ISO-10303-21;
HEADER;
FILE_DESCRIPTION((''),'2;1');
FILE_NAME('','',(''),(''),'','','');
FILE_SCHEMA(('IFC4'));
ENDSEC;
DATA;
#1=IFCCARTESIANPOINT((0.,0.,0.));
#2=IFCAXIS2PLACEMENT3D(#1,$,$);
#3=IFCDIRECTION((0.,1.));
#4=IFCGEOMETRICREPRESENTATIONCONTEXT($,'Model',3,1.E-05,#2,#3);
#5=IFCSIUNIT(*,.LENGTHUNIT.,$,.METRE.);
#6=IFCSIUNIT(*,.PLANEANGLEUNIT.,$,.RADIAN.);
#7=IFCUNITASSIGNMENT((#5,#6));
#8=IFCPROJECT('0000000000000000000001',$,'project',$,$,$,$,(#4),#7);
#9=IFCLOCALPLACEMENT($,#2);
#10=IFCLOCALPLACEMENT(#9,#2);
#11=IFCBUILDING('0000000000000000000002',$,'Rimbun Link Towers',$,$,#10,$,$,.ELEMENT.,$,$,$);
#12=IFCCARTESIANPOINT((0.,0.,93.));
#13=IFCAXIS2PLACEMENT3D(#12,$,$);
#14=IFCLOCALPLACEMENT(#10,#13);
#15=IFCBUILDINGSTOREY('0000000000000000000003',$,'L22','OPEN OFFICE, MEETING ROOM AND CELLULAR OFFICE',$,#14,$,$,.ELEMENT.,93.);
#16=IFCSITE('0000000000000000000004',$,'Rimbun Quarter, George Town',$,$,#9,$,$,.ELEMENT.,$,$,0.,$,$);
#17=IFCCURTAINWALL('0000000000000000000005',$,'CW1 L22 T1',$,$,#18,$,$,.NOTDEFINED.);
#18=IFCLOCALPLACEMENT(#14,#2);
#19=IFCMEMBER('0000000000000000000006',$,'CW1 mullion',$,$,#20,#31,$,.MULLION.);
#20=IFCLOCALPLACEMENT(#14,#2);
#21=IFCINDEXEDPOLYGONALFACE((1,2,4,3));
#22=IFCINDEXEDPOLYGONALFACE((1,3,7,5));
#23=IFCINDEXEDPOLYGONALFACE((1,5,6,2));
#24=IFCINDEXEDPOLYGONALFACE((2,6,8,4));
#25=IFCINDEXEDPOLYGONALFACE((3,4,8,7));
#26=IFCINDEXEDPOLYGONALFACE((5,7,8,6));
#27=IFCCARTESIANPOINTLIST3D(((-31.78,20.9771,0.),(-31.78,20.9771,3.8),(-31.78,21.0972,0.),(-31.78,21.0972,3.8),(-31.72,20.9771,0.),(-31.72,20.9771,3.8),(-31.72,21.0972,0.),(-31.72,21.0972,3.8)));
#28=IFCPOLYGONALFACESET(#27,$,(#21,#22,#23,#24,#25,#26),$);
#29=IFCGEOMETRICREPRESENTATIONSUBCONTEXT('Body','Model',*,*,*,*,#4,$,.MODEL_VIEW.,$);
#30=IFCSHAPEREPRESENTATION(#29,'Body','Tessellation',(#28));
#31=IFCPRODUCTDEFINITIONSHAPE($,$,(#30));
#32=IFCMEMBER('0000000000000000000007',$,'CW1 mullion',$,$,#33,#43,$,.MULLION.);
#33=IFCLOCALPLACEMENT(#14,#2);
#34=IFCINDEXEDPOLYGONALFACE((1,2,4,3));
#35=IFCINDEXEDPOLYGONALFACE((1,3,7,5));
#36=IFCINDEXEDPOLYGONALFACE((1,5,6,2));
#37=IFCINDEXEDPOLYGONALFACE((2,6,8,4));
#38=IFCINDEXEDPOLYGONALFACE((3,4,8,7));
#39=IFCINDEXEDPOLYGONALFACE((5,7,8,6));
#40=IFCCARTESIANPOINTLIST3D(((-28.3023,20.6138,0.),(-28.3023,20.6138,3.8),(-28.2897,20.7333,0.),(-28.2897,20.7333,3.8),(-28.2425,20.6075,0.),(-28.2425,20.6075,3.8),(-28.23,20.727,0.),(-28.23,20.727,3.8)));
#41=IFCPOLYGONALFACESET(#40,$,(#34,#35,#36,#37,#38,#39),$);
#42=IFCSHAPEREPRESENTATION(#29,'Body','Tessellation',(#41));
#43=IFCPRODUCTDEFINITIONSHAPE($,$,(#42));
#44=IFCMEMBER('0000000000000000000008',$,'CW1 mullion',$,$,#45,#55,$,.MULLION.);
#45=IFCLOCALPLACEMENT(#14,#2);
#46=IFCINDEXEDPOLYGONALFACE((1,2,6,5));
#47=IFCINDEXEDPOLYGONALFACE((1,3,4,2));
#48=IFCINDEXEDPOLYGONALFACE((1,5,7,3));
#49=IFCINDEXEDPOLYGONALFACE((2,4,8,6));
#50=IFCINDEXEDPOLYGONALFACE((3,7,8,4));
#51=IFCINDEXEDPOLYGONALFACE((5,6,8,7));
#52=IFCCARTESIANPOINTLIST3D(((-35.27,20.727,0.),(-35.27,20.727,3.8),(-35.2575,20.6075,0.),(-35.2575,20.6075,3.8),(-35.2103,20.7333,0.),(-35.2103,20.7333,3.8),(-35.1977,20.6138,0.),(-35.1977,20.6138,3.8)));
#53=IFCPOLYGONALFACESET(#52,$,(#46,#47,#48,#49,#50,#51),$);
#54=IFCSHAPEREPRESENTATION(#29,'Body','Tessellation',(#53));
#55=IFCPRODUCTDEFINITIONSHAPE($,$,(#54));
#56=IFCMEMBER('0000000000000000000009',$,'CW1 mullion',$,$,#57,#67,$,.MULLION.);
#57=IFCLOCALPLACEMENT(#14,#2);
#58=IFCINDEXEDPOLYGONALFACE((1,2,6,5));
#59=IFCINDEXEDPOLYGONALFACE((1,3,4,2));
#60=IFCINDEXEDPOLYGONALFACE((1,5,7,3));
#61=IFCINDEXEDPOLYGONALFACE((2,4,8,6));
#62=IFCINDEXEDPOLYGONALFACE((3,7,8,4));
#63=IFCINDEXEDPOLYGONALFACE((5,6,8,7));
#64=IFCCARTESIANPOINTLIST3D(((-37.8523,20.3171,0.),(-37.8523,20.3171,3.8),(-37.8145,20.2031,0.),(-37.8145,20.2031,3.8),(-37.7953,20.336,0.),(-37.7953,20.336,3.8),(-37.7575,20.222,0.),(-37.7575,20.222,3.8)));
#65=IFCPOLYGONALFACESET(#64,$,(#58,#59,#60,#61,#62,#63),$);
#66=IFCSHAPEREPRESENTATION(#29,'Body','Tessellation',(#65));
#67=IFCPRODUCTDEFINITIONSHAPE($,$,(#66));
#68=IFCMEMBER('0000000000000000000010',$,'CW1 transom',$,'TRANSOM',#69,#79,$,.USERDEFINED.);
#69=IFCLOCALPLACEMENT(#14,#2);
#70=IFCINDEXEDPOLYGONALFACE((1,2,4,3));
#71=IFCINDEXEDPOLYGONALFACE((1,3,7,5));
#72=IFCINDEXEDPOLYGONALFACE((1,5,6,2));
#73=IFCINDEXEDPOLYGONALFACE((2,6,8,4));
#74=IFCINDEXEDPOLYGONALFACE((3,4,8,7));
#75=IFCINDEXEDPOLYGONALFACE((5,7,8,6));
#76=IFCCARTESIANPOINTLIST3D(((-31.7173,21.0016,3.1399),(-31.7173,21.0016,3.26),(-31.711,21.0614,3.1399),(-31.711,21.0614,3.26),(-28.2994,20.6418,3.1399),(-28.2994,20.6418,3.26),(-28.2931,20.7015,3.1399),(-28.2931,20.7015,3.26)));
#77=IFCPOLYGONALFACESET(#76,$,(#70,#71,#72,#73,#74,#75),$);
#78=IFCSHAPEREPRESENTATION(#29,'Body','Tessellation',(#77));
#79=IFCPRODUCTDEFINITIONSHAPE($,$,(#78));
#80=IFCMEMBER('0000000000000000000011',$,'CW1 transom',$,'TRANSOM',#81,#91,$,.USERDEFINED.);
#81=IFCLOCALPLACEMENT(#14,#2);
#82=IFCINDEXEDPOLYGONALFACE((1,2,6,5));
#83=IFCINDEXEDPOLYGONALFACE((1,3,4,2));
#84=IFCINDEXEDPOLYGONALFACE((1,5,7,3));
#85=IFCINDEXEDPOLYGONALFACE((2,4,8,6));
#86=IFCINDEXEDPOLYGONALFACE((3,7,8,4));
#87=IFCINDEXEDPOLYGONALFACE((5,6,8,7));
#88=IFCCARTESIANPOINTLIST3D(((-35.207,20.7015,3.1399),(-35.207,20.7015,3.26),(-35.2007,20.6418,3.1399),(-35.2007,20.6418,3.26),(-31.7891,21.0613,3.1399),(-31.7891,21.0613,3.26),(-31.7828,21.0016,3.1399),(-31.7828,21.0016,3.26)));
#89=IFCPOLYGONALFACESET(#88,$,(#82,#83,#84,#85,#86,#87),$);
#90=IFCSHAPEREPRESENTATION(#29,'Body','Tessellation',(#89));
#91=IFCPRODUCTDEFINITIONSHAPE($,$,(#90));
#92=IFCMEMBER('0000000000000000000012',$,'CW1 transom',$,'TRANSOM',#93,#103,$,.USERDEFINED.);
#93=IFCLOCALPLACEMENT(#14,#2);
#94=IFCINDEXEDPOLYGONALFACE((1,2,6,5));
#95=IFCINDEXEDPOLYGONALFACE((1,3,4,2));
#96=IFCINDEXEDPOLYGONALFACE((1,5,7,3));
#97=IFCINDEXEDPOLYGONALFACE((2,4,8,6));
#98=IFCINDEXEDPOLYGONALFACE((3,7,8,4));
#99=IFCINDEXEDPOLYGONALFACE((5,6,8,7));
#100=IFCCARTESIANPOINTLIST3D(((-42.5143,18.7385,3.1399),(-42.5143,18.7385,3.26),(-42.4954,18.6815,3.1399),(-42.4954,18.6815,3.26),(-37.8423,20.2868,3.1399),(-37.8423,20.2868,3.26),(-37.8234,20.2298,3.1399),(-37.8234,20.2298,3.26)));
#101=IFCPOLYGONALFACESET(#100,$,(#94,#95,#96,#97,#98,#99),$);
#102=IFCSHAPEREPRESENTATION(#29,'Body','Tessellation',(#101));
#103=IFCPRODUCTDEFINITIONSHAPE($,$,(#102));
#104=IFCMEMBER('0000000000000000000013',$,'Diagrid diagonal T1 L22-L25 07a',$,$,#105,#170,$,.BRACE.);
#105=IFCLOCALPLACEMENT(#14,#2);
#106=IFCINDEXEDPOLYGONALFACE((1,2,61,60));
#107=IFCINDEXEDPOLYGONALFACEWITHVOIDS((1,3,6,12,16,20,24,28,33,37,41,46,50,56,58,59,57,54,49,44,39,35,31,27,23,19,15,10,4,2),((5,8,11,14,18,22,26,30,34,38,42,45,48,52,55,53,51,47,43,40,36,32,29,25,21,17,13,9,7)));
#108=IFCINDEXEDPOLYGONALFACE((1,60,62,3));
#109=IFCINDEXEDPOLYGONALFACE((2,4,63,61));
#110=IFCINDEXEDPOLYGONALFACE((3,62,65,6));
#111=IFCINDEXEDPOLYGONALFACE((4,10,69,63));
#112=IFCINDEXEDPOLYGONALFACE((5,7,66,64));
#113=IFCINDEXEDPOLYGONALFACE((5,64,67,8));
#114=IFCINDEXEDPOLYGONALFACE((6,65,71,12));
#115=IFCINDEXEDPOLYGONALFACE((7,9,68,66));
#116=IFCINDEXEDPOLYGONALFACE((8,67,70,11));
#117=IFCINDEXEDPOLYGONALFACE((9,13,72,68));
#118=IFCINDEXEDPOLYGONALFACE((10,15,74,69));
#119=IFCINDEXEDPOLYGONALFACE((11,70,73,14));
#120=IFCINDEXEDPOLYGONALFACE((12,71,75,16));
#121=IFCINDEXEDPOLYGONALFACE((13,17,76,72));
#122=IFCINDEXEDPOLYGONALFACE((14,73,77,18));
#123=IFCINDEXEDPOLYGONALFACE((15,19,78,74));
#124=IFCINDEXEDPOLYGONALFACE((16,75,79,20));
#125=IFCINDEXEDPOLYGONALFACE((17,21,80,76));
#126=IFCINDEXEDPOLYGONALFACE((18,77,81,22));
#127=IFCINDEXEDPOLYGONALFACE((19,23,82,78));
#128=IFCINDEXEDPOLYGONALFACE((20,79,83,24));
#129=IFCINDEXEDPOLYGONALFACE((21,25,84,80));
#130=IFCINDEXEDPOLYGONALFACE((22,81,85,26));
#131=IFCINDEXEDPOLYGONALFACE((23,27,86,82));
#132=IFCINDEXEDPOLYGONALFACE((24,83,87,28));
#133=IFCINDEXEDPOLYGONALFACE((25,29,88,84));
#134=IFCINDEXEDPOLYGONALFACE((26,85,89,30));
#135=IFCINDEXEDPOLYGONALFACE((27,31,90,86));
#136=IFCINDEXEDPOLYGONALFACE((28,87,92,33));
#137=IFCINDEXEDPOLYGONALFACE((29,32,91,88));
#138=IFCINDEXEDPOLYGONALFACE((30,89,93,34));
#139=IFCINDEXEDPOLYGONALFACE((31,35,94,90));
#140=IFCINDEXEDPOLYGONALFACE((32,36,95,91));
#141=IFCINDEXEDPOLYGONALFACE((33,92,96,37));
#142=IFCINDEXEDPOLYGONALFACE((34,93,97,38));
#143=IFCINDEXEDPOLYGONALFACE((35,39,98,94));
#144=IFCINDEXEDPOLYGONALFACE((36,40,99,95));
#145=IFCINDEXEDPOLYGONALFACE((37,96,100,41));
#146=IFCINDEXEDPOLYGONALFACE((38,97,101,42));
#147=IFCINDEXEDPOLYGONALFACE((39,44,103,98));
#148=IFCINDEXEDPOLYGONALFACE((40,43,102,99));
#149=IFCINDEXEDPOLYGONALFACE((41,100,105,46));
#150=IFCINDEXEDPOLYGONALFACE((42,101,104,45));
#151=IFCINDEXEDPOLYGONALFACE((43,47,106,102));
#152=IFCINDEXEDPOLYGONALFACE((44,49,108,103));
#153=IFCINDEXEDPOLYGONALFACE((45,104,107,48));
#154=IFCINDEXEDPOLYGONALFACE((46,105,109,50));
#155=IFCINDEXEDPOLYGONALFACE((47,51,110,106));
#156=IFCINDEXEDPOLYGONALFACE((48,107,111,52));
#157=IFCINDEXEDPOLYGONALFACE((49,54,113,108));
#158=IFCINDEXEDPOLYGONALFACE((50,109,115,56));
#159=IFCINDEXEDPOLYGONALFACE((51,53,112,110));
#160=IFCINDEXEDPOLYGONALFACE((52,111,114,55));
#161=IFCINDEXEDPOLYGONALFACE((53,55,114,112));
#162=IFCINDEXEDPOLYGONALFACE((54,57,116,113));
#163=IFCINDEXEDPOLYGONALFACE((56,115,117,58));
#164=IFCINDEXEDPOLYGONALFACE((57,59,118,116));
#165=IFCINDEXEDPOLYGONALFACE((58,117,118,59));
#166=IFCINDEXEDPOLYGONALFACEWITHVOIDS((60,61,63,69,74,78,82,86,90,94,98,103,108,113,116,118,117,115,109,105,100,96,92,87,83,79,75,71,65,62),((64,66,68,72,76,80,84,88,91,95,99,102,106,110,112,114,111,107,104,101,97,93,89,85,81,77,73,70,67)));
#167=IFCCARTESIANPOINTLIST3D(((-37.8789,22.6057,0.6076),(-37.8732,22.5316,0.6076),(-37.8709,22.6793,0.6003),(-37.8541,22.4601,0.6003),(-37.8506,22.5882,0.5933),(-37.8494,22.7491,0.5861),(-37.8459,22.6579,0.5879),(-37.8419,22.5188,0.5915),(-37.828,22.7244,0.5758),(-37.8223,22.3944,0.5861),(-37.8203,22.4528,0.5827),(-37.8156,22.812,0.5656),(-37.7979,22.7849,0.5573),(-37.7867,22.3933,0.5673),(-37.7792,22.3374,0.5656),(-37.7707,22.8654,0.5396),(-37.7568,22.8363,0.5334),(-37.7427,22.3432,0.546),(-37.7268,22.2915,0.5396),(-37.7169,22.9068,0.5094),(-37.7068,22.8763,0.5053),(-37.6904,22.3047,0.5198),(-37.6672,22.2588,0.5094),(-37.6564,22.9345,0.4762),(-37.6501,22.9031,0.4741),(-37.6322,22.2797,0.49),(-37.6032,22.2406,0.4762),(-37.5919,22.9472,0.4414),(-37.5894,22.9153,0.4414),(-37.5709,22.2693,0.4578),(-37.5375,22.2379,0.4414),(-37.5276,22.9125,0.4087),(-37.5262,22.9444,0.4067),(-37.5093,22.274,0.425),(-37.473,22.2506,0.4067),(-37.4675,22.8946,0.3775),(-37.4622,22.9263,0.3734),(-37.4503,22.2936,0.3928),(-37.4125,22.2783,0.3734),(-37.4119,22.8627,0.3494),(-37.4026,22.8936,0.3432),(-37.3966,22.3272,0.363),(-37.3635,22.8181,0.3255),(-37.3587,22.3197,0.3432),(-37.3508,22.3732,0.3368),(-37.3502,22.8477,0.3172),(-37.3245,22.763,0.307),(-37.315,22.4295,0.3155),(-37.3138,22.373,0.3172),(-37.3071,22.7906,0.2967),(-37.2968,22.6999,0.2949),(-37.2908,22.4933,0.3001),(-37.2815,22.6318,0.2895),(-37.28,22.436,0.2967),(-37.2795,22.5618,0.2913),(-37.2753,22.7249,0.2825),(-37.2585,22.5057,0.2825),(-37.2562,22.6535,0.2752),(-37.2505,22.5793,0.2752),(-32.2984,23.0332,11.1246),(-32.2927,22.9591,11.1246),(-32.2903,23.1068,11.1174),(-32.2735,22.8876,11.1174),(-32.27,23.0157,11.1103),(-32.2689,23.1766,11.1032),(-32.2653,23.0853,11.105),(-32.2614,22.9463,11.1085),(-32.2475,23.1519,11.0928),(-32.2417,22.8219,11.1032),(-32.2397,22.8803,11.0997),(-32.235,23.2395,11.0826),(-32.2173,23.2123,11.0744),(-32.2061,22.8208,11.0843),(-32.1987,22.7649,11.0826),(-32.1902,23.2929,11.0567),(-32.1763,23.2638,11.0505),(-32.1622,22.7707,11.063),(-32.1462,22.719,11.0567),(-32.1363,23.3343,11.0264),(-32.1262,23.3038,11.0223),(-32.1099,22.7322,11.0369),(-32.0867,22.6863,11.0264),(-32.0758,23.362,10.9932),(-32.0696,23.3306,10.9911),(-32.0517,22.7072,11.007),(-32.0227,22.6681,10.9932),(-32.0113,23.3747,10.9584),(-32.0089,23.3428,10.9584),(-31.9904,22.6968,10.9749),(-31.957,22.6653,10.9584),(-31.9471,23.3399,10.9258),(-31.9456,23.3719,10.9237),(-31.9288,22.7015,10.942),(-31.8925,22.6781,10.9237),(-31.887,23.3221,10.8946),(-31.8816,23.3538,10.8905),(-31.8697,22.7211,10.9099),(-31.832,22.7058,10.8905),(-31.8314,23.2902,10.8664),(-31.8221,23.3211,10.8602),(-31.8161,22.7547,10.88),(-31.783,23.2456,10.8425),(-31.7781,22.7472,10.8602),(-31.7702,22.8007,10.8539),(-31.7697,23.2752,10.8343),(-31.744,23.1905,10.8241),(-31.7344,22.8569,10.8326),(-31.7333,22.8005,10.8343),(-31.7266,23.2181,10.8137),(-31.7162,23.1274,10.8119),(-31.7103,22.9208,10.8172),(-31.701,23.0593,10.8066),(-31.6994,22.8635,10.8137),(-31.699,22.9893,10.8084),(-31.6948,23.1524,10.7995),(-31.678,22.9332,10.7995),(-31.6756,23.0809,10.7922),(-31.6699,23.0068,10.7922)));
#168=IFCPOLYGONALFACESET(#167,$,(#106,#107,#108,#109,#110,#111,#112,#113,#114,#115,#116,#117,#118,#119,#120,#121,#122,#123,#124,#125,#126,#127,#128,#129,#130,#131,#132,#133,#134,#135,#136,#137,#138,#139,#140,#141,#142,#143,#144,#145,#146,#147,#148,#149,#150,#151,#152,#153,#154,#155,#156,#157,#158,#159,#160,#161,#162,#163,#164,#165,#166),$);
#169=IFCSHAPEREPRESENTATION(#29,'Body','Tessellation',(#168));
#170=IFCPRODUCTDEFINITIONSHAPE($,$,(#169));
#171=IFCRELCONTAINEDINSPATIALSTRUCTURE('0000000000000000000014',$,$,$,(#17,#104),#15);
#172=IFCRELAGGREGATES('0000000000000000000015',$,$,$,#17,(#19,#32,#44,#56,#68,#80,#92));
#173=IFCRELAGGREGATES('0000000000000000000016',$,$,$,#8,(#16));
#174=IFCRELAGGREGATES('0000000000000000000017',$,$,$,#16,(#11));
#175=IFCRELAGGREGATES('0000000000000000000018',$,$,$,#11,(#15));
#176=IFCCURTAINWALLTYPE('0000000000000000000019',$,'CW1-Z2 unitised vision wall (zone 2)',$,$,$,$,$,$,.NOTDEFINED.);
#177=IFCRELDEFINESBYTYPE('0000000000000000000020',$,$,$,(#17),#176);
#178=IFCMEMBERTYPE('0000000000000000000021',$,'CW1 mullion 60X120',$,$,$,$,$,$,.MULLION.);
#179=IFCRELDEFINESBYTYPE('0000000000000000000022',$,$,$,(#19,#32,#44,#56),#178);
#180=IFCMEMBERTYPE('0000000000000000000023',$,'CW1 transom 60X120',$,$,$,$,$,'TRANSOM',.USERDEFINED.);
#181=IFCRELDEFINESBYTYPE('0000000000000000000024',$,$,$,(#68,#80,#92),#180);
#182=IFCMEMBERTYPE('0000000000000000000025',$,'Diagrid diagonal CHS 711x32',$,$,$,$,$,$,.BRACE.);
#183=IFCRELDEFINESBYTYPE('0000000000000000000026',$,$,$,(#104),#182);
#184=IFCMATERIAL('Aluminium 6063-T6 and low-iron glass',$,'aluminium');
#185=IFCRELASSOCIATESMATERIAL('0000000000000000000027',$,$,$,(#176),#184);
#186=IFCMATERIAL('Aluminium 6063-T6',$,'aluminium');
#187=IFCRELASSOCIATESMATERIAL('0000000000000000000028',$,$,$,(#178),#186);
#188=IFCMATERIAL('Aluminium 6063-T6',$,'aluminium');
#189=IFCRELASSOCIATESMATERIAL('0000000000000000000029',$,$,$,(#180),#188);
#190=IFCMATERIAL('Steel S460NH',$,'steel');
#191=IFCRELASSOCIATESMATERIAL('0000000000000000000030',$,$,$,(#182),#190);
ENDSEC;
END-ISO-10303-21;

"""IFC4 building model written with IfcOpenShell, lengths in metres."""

from ifc_helpers import new_model, si_unit, direction, frame, origin, origin_2d, place, context, subcontext, project, spatial, rectangle, hollow_circle, extrude, material, material_profile, profile_set, type_object, element, aggregate, save


model = new_model("IFC4")

# Units and contexts
model_context = context("Model", 3, precision=1e-05, world=origin(), true_north=direction((0.0, 1.0)))
body_context = subcontext(model_context, "Body", "Model", "MODEL_VIEW")
ifc_project = project(units=[si_unit("LENGTHUNIT", "METRE"), si_unit("PLANEANGLEUNIT", "RADIAN")], contexts=[model_context])

# Site, building, storey
site_placement = place(None, origin())
site = spatial("IfcSite", under=ifc_project, at=site_placement, Name="Rimbun Quarter, George Town", CompositionType="ELEMENT", RefElevation=0.0)
building_placement = place(site_placement, origin())
building = spatial("IfcBuilding", under=site, at=building_placement, Name="Rimbun Link Towers", CompositionType="ELEMENT")
storey_placement = place(building_placement, frame((0.0, 0.0, 93.0)))
storey = spatial("IfcBuildingStorey", under=building, at=storey_placement, Name="L22", Description="OPEN OFFICE, MEETING ROOM AND CELLULAR OFFICE", CompositionType="ELEMENT", Elevation=93.0)

# Curtain wall, members
ifc_material_1 = material(Name="Aluminium 6063-T6 and low-iron glass", Category="aluminium")
curtain_wall_type = type_object("IfcCurtainWallType", Name="CW1-Z2 unitised vision wall (zone 2)", PredefinedType="NOTDEFINED", material=ifc_material_1)
curtain_wall_placement = place(storey_placement, origin())
curtain_wall = element("IfcCurtainWall", 1, at=curtain_wall_placement, inside=storey, type_object=curtain_wall_type, Name="CW1 L22 T1", PredefinedType="NOTDEFINED")
ifc_material_2 = material(Name="Aluminium 6063-T6", Category="aluminium")
ifc_material_profile_1 = material_profile(ifc_material_2, rectangle(XDim=0.1201, YDim=0.0601, at=origin_2d()), Name="MULLION 60X120")
ifc_profile_set_1 = profile_set([ifc_material_profile_1], Name="Aluminium 6063-T6")
member_type_1 = type_object("IfcMemberType", Name="CW1 mullion 60X120", PredefinedType="MULLION", material=ifc_profile_set_1)
member_1_placement = place(storey_placement, frame((-31.75, 21.0371, 0.0), z_axis=(0.0, 0.0, 1.0), x_axis=(0.0, 1.0, 0.0)))
member_1 = element("IfcMember", 2, at=member_1_placement, type_object=member_type_1, Name="CW1 mullion", PredefinedType="MULLION", context=body_context, shape_type="SweptSolid", body=[
    extrude(rectangle(XDim=0.1201, YDim=0.0601, at=origin_2d()), origin(), (0.0, 0.0, 1.0), 3.8),
])
member_2_placement = place(storey_placement, frame((-28.2661, 20.6704, 0.0), z_axis=(0.0, 0.0, 1.0), x_axis=(0.104735, 0.9945, 0.0)))
member_2 = element("IfcMember", 3, at=member_2_placement, type_object=member_type_1, Name="CW1 mullion", PredefinedType="MULLION", context=body_context, shape_type="SweptSolid", body=[
    extrude(rectangle(XDim=0.1201, YDim=0.0601, at=origin_2d()), origin(), (0.0, 0.0, 1.0), 3.8),
])
member_3_placement = place(storey_placement, frame((-35.2339, 20.6704, 0.0), z_axis=(0.0, 0.0, 1.0), x_axis=(-0.104735, 0.9945, 0.0)))
member_3 = element("IfcMember", 4, at=member_3_placement, type_object=member_type_1, Name="CW1 mullion", PredefinedType="MULLION", context=body_context, shape_type="SweptSolid", body=[
    extrude(rectangle(XDim=0.1201, YDim=0.0601, at=origin_2d()), origin(), (0.0, 0.0, 1.0), 3.8),
])
member_4_placement = place(storey_placement, frame((-37.8049, 20.2695, 0.0), z_axis=(0.0, 0.0, 1.0), x_axis=(-0.314556, 0.949239, 0.0)))
member_4 = element("IfcMember", 5, at=member_4_placement, type_object=member_type_1, Name="CW1 mullion", PredefinedType="MULLION", context=body_context, shape_type="SweptSolid", body=[
    extrude(rectangle(XDim=0.1201, YDim=0.0601, at=origin_2d()), origin(), (0.0, 0.0, 1.0), 3.8),
])
ifc_material_3 = material(Name="Aluminium 6063-T6", Category="aluminium")
ifc_material_profile_2 = material_profile(ifc_material_3, rectangle(XDim=0.0601, YDim=0.1201, at=origin_2d()), Name="TRANSOM 60X120")
ifc_profile_set_2 = profile_set([ifc_material_profile_2], Name="Aluminium 6063-T6")
member_type_2 = type_object("IfcMemberType", Name="CW1 transom 60X120", ElementType="TRANSOM", PredefinedType="USERDEFINED", material=ifc_profile_set_2)
member_5_placement = place(storey_placement, frame((-31.7141, 21.0315, 3.2), z_axis=(0.994503, -0.104707, 0.0), x_axis=(0.104707, 0.994503, 0.0)))
member_5 = element("IfcMember", 6, at=member_5_placement, type_object=member_type_2, Name="CW1 transom", ObjectType="TRANSOM", PredefinedType="USERDEFINED", context=body_context, shape_type="SweptSolid", body=[
    extrude(rectangle(XDim=0.0601, YDim=0.1201, at=origin_2d()), origin(), (0.0, 0.0, 1.0), 3.4368),
])
member_6_placement = place(storey_placement, frame((-35.2039, 20.6716, 3.2), z_axis=(0.994503, 0.104707, 0.0), x_axis=(-0.104707, 0.994503, 0.0)))
member_6 = element("IfcMember", 7, at=member_6_placement, type_object=member_type_2, Name="CW1 transom", ObjectType="TRANSOM", PredefinedType="USERDEFINED", context=body_context, shape_type="SweptSolid", body=[
    extrude(rectangle(XDim=0.0601, YDim=0.1201, at=origin_2d()), origin(), (0.0, 0.0, 1.0), 3.4368),
])
member_7_placement = place(storey_placement, frame((-42.5049, 18.71, 3.2), z_axis=(0.949232, 0.314576, 0.0), x_axis=(-0.314576, 0.949232, 0.0)))
member_7 = element("IfcMember", 8, at=member_7_placement, type_object=member_type_2, Name="CW1 transom", ObjectType="TRANSOM", PredefinedType="USERDEFINED", context=body_context, shape_type="SweptSolid", body=[
    extrude(rectangle(XDim=0.0601, YDim=0.1201, at=origin_2d()), origin(), (0.0, 0.0, 1.0), 4.9219),
])

# Member
ifc_material_4 = material(Name="Steel S460NH", Category="steel")
ifc_material_profile_3 = material_profile(ifc_material_4, hollow_circle(Radius=0.3557, WallThickness=0.032, at=origin_2d()), Name="Diagrid diagonal CHS 711x32")
ifc_profile_set_3 = profile_set([ifc_material_profile_3], Name="Steel S460NH")
member_type_3 = type_object("IfcMemberType", Name="Diagrid diagonal CHS 711x32", PredefinedType="BRACE", material=ifc_profile_set_3)
member_8_placement = place(storey_placement, frame((-37.5647, 22.5925, 0.4414), z_axis=(0.468419, 0.035882, 0.882778), x_axis=(-0.07638, 0.997079, 0.0)))
element("IfcMember", 9, at=member_8_placement, inside=storey, type_object=member_type_3, Name="Diagrid diagonal T1 L22-L25 07a", PredefinedType="BRACE", context=body_context, shape_type="SweptSolid", body=[
    extrude(hollow_circle(Radius=0.3557, WallThickness=0.032, at=origin_2d()), origin(), (0.0, 0.0, 1.0), 11.9136),
])

aggregate(curtain_wall, [member_1, member_2, member_3, member_4, member_5, member_6, member_7])

save(model, "model.ifc")
